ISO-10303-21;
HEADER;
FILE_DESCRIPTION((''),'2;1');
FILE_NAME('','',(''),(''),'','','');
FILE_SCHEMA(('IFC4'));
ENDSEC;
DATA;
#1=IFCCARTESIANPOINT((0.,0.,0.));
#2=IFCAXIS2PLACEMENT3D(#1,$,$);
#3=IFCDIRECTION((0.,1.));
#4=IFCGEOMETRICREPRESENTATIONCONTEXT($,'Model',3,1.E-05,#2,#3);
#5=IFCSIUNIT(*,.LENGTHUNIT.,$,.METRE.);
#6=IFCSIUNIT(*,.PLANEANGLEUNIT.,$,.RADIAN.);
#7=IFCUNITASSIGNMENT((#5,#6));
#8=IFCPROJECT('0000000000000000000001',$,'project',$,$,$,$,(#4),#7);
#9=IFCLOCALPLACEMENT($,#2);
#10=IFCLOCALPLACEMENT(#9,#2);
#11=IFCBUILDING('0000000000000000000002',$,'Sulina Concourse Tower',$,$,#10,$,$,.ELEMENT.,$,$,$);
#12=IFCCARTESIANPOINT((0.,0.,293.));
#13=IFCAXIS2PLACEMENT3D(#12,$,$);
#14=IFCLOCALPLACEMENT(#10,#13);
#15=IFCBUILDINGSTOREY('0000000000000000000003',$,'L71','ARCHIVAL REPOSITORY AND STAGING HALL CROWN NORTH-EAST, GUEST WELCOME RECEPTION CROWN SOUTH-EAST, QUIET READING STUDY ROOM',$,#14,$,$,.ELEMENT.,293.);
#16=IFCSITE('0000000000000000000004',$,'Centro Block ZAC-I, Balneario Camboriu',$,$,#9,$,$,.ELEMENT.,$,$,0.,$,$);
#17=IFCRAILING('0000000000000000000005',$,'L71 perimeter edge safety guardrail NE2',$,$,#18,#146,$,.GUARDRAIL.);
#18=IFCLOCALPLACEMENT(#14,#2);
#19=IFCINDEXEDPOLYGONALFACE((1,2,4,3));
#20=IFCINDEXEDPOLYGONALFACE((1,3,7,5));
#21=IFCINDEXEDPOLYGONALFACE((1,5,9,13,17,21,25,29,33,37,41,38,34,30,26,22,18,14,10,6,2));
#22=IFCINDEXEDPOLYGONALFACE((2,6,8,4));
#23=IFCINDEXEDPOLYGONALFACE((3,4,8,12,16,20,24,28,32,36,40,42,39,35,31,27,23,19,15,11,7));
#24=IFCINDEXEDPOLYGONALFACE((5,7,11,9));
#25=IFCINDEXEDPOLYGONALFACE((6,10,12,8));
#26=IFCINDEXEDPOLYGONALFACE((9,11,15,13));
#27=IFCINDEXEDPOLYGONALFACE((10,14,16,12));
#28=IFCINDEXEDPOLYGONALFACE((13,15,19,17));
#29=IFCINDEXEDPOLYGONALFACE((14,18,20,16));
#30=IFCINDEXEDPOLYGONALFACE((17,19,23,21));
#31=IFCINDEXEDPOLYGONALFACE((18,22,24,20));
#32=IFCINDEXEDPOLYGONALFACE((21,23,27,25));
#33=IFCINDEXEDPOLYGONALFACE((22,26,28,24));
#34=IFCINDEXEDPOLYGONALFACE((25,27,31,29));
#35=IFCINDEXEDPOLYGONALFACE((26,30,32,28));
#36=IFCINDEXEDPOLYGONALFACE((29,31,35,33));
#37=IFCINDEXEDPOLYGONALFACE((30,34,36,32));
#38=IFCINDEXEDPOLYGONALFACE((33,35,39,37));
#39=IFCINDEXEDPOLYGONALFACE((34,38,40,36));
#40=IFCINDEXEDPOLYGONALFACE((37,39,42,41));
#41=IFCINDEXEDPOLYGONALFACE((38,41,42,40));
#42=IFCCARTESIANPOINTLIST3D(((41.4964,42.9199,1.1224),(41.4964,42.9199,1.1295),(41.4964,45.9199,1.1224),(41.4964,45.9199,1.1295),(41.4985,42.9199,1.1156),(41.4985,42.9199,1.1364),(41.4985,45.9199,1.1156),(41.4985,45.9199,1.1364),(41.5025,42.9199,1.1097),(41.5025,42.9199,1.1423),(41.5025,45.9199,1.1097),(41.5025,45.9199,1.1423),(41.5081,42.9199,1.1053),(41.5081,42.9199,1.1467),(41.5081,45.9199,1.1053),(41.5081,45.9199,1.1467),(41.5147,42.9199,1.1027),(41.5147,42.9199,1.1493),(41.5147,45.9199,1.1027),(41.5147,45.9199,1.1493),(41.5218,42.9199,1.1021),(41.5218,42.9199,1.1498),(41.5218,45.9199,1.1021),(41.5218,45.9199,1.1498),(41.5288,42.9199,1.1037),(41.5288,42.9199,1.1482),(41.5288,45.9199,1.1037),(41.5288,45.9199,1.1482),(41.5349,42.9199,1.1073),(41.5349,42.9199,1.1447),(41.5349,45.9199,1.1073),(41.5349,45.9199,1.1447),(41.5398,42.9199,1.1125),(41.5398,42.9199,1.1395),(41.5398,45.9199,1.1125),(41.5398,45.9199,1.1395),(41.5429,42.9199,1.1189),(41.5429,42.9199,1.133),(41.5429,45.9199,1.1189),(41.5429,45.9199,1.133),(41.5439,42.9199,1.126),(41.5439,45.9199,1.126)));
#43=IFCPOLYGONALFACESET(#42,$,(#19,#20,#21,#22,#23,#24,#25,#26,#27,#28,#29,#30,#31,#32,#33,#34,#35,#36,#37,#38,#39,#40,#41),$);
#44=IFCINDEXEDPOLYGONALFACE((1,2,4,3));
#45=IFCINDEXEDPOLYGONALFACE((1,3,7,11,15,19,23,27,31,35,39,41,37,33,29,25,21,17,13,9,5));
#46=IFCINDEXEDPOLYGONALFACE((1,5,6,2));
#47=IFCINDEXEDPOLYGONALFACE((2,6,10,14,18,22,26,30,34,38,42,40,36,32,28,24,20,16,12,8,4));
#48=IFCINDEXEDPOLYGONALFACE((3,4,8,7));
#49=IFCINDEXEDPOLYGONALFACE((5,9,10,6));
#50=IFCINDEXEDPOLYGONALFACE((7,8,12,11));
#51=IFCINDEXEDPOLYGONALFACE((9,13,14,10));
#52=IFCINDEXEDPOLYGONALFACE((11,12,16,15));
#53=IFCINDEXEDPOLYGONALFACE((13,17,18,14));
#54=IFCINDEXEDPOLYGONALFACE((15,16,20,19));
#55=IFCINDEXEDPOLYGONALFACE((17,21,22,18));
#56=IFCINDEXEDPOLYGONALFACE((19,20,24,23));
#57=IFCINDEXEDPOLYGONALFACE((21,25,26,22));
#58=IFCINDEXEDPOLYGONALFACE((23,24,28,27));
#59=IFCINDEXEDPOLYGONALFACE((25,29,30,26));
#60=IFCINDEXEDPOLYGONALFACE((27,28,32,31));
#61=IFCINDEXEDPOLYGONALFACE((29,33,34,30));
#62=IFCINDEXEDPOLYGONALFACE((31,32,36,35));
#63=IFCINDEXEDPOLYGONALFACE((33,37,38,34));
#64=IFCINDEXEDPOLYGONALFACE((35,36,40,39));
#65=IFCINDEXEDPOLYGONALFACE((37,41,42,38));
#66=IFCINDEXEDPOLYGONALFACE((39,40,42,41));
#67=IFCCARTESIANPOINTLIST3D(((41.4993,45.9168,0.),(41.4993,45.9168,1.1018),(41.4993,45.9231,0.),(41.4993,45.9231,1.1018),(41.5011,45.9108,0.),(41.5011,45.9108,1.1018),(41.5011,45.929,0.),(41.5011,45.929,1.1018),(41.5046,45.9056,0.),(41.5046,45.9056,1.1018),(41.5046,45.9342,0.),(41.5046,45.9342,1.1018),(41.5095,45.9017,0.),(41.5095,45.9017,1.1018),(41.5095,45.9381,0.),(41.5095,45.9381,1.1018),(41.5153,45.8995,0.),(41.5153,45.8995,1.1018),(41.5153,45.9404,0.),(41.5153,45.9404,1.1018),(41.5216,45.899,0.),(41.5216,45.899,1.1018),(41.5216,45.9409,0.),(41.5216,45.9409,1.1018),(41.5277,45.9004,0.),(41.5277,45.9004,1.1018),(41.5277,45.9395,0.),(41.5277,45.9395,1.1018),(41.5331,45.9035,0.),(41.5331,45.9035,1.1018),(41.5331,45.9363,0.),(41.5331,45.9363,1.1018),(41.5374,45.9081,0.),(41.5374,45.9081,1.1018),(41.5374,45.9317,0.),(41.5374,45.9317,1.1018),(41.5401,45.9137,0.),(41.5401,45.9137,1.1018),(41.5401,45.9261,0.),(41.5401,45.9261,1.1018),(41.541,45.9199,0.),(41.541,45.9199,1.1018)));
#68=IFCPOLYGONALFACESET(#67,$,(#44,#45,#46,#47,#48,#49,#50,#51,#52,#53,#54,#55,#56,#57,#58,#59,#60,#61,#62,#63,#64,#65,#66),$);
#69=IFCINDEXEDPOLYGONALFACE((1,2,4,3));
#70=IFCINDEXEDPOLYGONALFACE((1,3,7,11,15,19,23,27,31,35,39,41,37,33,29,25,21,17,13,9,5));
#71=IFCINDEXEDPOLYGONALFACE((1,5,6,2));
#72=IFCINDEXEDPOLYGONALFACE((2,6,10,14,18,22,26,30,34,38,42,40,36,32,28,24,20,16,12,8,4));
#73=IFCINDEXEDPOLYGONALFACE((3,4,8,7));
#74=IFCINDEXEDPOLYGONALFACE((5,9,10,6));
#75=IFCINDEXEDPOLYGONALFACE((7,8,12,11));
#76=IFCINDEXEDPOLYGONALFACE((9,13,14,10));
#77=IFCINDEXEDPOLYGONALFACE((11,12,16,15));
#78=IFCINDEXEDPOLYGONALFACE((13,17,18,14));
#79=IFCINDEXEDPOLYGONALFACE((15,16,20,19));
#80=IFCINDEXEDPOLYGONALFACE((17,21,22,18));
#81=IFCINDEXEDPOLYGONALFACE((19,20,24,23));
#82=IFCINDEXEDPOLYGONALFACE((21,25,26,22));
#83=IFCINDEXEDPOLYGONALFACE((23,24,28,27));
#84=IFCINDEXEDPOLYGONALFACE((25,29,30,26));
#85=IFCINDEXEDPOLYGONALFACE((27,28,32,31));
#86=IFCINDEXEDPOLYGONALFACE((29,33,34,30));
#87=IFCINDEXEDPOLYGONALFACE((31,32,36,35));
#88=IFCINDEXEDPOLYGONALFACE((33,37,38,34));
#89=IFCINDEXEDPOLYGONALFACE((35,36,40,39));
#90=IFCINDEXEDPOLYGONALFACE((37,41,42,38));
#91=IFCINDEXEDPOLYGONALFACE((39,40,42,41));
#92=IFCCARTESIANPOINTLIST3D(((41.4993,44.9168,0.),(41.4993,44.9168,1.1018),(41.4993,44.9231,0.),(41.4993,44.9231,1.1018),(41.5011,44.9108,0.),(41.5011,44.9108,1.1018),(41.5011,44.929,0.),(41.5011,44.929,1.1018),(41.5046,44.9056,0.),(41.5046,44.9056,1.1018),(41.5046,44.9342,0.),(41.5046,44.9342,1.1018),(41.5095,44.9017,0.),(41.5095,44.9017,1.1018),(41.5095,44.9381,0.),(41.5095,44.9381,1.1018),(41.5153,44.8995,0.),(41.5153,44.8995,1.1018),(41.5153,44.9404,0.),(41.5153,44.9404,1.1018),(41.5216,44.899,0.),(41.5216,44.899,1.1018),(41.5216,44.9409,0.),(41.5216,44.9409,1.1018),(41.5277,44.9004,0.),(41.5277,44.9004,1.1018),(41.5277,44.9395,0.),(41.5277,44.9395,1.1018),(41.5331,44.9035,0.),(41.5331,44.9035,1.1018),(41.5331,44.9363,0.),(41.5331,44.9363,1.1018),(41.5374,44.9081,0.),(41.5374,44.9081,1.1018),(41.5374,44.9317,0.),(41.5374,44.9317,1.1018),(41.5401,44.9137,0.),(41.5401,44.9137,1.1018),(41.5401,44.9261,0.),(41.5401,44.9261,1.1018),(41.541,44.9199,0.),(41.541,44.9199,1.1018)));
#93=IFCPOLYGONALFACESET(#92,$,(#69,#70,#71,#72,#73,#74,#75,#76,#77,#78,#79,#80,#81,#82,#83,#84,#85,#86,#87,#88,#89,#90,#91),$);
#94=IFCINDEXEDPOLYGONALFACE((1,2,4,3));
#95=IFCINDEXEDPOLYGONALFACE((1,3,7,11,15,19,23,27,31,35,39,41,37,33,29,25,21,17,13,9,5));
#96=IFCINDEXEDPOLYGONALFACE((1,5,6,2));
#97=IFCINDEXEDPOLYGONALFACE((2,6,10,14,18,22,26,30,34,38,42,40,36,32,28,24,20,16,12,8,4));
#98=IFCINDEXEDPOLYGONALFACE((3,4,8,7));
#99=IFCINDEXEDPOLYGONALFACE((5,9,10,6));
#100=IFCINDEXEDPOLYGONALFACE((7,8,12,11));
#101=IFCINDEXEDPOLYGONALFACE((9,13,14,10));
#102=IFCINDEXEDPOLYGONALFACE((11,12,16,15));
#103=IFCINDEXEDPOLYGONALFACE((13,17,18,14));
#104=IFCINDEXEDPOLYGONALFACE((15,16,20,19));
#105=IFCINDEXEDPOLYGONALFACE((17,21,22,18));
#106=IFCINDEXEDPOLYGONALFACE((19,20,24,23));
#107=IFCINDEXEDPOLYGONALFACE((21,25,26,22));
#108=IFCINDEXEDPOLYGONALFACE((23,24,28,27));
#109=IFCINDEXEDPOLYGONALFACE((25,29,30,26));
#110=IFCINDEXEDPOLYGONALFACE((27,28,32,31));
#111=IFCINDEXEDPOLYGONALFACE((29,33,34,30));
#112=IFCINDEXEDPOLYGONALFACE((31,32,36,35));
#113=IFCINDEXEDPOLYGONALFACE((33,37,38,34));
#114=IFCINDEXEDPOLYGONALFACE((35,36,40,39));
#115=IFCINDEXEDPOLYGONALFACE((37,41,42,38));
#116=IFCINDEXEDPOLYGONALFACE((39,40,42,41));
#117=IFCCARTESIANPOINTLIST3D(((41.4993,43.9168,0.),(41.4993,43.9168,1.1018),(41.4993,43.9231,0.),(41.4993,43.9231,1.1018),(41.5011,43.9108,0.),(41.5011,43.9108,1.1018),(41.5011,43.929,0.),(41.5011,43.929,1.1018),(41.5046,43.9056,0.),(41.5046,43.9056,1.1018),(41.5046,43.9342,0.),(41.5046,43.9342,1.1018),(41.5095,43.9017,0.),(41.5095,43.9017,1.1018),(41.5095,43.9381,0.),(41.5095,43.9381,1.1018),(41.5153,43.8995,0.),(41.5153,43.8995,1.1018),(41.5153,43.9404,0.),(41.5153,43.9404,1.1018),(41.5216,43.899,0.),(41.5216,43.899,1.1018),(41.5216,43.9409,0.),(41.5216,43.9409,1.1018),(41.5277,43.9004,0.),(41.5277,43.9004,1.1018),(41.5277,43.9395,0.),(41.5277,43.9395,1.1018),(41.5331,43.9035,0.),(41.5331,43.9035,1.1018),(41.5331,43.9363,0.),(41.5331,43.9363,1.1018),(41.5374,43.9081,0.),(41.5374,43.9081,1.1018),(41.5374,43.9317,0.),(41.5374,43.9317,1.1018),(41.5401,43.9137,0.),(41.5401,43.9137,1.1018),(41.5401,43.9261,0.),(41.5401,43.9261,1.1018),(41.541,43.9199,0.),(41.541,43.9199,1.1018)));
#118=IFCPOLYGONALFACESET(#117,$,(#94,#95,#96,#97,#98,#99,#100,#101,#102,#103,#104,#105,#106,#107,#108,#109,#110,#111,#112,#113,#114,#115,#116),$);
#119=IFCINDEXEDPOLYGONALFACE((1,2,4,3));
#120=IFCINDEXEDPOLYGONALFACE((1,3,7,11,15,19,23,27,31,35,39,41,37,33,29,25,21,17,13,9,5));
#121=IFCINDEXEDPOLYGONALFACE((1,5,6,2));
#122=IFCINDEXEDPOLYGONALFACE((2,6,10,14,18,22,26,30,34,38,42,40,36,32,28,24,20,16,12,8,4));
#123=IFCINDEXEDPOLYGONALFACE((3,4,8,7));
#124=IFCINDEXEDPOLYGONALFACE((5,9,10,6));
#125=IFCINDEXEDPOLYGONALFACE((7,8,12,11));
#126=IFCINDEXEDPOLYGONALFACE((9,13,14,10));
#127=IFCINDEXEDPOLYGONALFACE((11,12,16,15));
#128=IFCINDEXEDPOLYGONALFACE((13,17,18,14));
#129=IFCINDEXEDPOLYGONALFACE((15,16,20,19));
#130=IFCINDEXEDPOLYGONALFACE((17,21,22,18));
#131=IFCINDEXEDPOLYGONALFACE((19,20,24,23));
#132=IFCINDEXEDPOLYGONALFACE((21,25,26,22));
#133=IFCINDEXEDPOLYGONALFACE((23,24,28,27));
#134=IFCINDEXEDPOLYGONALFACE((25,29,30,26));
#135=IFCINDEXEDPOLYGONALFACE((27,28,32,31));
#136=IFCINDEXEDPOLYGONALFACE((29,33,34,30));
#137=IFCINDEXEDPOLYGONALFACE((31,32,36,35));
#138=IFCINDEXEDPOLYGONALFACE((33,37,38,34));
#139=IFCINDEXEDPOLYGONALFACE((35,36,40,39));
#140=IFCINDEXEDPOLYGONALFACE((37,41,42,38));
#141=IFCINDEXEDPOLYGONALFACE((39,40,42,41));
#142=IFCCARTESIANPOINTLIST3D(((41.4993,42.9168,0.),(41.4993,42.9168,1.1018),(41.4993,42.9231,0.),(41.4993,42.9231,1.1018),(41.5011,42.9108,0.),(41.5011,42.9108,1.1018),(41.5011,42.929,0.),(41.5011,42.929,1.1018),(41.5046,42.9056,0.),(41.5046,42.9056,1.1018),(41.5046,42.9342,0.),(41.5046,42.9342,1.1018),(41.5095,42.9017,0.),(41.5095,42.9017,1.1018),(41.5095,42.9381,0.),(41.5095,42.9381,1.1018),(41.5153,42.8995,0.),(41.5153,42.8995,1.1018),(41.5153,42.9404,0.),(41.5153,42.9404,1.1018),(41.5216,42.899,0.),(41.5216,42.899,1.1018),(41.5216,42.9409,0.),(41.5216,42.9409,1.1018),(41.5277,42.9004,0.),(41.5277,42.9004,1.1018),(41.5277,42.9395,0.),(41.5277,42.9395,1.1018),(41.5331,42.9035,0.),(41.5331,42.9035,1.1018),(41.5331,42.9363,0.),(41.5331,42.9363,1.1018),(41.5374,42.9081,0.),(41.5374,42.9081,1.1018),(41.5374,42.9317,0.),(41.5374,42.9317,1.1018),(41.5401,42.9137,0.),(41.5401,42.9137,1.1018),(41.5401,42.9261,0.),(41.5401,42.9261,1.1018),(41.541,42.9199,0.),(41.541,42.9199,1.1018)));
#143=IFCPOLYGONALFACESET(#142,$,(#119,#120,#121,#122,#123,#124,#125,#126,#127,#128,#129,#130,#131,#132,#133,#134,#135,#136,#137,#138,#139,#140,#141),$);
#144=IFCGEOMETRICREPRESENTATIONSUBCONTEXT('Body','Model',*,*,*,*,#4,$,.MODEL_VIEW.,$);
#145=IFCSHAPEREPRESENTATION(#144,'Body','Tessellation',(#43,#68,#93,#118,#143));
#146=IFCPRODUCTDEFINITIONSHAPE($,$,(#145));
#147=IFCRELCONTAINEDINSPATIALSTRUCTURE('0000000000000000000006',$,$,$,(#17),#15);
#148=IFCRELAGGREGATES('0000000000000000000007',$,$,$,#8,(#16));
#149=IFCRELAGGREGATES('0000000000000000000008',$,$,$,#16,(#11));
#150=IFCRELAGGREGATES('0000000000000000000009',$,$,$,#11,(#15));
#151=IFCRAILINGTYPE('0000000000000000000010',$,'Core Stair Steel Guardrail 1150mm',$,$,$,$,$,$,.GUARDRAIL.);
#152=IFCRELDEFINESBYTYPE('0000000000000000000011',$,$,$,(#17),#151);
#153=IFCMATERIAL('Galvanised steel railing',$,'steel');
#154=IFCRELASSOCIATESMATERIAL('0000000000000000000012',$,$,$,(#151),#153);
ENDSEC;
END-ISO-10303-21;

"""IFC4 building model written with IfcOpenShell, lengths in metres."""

from ifc_helpers import new_model, si_unit, direction, frame, origin, origin_2d, place, context, subcontext, project, spatial, circle, extrude, material, type_object, element, save


model = new_model("IFC4")

# Units and contexts
model_context = context("Model", 3, precision=1e-05, world=origin(), true_north=direction((0.0, 1.0)))
body_context = subcontext(model_context, "Body", "Model", "MODEL_VIEW")
ifc_project = project(units=[si_unit("LENGTHUNIT", "METRE"), si_unit("PLANEANGLEUNIT", "RADIAN")], contexts=[model_context])

# Site, building, storey
site_placement = place(None, origin())
site = spatial("IfcSite", under=ifc_project, at=site_placement, Name="Centro Block ZAC-I, Balneario Camboriu", CompositionType="ELEMENT", RefElevation=0.0)
building_placement = place(site_placement, origin())
building = spatial("IfcBuilding", under=site, at=building_placement, Name="Sulina Concourse Tower", CompositionType="ELEMENT")
storey_placement = place(building_placement, frame((0.0, 0.0, 293.0)))
storey = spatial("IfcBuildingStorey", under=building, at=storey_placement, Name="L71", Description="ARCHIVAL REPOSITORY AND STAGING HALL CROWN NORTH-EAST, GUEST WELCOME RECEPTION CROWN SOUTH-EAST, QUIET READING STUDY ROOM", CompositionType="ELEMENT", Elevation=293.0)

# Railing
ifc_material_1 = material(Name="Galvanised steel railing", Category="steel")
railing_type = type_object("IfcRailingType", Name="Core Stair Steel Guardrail 1150mm", PredefinedType="GUARDRAIL", material=ifc_material_1)
railing_1_placement = place(storey_placement, frame((41.52, 45.9199, 0.0)))
element("IfcRailing", 1, at=railing_1_placement, inside=storey, type_object=railing_type, Name="L71 perimeter edge safety guardrail NE2", PredefinedType="GUARDRAIL", context=body_context, shape_type="SweptSolid", body=[
    extrude(circle(Radius=0.0239, at=origin_2d()), frame((0.0, 0.0, 1.126), z_axis=(0.0, -1.0, 0.0), x_axis=(1.0, 0.0, 0.0)), (0.0, 0.0, 1.0), 3.0),
    extrude(circle(Radius=0.021, at=origin_2d()), origin(), (0.0, 0.0, 1.0), 1.1018),
    extrude(circle(Radius=0.021, at=origin_2d()), frame((0.0, -1.0, 0.0)), (0.0, 0.0, 1.0), 1.1018),
    extrude(circle(Radius=0.021, at=origin_2d()), frame((0.0, -2.0, 0.0)), (0.0, 0.0, 1.0), 1.1018),
    extrude(circle(Radius=0.021, at=origin_2d()), frame((0.0, -3.0, 0.0)), (0.0, 0.0, 1.0), 1.1018),
])

save(model, "model.ifc")
